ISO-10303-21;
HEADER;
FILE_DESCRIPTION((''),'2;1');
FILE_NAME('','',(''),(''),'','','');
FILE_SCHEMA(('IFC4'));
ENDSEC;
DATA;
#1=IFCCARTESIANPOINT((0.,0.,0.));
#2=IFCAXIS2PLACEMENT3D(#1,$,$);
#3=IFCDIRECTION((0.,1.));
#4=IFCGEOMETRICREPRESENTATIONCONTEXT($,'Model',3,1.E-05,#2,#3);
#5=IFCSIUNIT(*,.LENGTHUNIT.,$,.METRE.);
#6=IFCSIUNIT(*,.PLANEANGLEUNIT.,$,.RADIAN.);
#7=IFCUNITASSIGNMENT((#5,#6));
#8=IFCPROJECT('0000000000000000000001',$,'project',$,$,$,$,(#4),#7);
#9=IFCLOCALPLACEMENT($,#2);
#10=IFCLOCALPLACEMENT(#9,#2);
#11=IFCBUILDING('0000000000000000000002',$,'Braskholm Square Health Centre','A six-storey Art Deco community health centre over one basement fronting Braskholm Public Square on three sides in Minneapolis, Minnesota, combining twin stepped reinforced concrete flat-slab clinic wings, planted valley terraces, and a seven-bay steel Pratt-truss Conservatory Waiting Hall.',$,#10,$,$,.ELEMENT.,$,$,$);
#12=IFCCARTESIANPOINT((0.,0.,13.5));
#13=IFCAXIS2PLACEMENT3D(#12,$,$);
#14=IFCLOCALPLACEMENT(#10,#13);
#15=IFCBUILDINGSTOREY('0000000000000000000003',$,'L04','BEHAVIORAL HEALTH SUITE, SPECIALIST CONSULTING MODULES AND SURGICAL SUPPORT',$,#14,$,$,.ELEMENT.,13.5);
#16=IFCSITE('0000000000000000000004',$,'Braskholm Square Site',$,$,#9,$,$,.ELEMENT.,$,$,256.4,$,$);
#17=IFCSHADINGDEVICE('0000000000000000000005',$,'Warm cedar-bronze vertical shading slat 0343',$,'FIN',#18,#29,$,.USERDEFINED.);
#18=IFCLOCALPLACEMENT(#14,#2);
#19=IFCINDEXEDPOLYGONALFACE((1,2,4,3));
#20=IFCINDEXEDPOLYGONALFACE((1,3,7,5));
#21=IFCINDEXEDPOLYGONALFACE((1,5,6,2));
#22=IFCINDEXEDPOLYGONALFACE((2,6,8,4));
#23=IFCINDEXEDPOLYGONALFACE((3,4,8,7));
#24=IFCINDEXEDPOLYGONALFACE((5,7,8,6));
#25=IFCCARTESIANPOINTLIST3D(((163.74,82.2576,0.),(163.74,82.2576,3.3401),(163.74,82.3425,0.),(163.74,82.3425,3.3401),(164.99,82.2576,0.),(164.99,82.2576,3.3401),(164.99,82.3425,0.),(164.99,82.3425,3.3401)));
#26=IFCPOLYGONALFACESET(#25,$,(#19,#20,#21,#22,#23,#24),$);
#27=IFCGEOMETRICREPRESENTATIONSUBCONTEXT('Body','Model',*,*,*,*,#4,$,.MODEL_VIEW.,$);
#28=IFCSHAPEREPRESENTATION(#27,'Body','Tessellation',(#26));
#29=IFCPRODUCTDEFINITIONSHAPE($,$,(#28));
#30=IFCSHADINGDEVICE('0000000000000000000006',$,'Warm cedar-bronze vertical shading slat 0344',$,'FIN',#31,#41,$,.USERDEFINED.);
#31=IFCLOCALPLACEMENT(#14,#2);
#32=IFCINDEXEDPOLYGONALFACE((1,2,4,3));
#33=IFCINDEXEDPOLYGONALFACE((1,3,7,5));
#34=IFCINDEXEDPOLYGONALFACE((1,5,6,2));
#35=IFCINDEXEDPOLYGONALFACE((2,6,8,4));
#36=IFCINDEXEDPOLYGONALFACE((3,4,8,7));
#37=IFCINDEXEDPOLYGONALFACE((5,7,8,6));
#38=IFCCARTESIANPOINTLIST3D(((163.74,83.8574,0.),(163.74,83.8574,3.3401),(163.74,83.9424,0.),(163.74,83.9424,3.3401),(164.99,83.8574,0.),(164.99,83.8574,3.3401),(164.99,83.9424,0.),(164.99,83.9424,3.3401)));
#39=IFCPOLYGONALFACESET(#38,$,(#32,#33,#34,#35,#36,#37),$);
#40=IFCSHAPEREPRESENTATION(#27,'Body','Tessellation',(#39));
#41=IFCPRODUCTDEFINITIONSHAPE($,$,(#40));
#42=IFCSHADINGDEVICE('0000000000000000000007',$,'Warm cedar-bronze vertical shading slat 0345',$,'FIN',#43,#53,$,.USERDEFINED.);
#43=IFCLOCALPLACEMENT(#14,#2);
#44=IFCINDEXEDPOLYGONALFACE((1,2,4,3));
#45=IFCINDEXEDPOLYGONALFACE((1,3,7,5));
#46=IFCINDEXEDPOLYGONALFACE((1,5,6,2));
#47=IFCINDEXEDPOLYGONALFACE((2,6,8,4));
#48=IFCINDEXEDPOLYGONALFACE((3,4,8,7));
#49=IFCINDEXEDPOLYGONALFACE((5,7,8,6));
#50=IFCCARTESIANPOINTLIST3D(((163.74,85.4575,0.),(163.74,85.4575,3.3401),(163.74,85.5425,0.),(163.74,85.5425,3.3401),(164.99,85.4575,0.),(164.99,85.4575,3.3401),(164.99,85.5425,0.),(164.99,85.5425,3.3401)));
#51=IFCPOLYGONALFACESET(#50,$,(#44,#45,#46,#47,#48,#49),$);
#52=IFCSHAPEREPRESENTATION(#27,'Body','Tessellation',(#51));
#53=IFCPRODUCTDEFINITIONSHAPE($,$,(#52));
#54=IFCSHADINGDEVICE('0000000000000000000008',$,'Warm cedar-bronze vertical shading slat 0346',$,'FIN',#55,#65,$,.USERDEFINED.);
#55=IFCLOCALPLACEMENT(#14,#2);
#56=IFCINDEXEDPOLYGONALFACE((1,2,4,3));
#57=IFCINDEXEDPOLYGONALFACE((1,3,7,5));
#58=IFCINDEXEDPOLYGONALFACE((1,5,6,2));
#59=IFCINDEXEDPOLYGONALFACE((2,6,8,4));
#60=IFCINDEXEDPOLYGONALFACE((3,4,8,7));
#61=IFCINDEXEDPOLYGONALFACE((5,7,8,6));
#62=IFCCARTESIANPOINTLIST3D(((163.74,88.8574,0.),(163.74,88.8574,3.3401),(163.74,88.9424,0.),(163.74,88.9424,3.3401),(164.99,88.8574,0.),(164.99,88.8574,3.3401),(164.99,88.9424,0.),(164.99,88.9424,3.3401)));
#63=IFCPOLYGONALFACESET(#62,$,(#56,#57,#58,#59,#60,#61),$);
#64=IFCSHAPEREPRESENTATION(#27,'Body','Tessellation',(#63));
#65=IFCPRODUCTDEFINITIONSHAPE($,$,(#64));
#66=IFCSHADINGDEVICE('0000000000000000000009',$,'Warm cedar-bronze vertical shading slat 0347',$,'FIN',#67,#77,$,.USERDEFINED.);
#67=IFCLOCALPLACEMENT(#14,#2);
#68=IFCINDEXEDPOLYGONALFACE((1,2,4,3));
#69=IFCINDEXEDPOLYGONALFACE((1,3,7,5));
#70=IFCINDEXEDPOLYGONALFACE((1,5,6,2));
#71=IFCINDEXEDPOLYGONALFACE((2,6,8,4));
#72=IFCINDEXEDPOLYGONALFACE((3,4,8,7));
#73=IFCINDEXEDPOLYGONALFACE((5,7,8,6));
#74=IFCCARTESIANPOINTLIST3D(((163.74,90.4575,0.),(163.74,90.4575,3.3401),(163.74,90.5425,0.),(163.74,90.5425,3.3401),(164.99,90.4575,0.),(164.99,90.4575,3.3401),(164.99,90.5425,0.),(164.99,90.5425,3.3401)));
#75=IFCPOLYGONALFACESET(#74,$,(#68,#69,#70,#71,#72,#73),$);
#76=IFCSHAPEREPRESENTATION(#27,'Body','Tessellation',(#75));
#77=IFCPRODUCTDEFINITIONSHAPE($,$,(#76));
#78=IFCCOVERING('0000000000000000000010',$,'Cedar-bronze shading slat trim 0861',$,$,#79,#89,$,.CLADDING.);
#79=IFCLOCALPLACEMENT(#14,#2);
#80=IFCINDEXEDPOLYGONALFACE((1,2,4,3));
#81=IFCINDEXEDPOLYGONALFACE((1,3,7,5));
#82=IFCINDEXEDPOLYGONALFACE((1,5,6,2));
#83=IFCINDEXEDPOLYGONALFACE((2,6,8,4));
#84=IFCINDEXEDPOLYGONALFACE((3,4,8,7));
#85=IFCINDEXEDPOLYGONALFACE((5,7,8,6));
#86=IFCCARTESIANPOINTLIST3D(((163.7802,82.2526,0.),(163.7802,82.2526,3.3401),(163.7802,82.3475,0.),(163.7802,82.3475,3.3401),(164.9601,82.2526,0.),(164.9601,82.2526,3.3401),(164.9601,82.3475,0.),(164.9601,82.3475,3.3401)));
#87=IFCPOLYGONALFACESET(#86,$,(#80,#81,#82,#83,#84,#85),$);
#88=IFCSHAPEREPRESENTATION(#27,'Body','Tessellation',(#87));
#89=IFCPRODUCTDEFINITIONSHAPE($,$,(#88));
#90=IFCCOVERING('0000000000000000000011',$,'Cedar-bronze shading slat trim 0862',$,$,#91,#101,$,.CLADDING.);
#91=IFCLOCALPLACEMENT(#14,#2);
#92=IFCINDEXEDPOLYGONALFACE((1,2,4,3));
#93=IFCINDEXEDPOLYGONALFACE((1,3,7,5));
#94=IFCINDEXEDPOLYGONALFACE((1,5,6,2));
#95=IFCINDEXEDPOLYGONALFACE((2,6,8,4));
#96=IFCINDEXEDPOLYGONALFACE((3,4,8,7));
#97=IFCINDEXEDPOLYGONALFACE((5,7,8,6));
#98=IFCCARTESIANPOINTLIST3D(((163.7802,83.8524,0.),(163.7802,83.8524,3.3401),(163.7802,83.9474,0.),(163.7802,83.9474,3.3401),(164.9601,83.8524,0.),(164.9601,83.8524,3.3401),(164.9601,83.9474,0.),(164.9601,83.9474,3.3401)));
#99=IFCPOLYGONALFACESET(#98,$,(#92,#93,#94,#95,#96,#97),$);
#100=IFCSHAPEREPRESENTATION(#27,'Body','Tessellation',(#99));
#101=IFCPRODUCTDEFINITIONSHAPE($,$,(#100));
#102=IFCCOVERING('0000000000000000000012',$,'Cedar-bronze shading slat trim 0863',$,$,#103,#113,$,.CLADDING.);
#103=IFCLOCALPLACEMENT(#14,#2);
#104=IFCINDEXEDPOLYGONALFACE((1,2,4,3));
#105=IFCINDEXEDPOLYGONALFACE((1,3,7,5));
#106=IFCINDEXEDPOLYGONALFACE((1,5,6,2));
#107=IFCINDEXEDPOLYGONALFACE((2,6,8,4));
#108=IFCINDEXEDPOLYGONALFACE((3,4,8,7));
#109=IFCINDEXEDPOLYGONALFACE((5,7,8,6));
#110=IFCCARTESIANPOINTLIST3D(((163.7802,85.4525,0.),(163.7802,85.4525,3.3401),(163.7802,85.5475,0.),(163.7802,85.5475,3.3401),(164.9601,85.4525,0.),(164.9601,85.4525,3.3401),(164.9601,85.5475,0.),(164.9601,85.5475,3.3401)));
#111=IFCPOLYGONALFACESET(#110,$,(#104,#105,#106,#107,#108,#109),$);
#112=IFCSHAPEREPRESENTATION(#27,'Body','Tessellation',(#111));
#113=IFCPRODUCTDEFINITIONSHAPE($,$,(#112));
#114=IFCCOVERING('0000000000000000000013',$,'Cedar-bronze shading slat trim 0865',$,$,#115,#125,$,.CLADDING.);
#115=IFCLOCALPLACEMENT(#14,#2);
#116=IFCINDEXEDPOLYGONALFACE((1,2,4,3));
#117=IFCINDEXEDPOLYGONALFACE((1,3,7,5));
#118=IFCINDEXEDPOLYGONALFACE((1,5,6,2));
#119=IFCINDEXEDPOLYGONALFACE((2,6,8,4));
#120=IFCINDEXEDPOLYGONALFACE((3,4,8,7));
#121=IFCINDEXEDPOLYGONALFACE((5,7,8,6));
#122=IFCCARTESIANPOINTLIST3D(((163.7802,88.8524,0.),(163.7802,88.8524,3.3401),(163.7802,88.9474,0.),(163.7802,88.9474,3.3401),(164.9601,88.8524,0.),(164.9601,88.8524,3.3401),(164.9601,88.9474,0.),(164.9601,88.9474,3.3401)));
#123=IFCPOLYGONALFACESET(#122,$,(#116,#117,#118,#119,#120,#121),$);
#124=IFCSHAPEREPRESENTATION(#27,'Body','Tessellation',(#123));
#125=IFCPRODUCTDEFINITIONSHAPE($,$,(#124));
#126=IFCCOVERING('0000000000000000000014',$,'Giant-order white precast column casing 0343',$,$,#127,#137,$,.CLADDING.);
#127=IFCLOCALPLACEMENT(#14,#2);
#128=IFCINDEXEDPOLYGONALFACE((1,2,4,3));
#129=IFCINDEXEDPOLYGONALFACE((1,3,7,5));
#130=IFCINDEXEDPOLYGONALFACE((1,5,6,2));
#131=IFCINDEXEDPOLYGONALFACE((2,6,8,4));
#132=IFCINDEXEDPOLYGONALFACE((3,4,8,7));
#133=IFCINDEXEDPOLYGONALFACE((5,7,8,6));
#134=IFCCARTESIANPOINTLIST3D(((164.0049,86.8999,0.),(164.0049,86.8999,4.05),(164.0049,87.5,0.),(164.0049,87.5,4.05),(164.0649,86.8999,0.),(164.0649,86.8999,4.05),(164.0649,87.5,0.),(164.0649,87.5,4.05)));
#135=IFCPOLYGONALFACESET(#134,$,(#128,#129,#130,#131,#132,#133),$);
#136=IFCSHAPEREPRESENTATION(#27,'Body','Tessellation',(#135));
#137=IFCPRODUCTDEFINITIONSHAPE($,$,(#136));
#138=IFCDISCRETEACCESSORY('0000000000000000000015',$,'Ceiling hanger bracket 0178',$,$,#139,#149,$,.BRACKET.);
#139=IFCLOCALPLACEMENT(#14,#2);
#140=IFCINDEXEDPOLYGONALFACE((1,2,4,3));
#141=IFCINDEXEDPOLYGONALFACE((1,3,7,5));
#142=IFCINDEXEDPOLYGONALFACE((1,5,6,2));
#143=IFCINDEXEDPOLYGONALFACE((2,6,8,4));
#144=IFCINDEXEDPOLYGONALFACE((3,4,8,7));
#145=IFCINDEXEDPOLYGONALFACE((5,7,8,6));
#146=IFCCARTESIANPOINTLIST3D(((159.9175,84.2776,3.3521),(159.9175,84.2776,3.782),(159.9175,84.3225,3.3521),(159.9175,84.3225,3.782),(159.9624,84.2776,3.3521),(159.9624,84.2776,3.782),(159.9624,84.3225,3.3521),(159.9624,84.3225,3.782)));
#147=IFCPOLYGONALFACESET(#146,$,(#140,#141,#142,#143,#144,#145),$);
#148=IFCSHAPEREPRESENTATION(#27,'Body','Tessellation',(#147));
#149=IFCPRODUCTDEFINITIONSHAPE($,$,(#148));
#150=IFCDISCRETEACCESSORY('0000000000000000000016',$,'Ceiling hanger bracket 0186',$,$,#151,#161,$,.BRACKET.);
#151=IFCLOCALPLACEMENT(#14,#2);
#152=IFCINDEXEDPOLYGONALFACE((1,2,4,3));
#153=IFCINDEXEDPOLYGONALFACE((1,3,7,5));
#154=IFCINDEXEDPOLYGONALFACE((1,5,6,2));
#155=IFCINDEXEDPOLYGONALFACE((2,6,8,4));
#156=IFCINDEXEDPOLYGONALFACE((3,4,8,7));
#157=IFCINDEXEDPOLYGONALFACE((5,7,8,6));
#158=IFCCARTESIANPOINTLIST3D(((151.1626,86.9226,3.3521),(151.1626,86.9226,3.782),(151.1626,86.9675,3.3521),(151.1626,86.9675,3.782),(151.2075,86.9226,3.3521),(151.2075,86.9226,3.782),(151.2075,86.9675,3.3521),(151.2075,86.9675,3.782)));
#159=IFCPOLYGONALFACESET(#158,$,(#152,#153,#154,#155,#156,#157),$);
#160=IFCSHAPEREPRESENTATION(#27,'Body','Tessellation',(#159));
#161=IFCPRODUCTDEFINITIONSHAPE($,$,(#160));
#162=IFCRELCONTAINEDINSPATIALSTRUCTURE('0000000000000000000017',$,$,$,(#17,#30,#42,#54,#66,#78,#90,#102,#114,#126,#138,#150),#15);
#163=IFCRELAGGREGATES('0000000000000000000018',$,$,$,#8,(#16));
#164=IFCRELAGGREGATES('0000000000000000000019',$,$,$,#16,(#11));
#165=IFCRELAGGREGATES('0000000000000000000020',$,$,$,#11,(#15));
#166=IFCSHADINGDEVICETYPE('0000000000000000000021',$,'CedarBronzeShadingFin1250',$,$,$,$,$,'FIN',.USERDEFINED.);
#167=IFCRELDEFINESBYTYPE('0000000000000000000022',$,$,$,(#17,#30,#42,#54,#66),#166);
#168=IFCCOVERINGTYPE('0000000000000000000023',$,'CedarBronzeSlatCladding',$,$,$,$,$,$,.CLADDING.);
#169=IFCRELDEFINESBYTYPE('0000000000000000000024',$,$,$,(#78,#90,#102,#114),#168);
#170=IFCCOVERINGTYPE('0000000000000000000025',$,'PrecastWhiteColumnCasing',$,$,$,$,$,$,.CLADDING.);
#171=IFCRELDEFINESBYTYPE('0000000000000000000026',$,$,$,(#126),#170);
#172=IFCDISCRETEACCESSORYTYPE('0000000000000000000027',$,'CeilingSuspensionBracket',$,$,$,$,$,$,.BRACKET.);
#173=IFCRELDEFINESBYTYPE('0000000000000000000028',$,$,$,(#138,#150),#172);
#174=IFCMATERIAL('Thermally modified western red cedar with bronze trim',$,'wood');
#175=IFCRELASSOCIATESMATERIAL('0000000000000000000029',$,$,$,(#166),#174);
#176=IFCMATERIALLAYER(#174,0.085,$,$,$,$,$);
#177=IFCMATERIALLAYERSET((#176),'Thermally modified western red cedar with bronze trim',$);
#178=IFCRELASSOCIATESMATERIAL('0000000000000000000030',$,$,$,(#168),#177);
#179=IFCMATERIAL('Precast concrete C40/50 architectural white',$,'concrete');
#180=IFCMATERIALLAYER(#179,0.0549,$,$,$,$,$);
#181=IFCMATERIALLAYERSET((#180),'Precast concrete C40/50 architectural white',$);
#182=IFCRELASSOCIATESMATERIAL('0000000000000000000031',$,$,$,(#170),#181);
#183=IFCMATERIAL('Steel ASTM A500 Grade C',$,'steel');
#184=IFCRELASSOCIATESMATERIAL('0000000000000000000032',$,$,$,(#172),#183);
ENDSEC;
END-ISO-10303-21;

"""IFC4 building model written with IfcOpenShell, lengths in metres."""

from ifc_helpers import new_model, si_unit, direction, frame, origin, origin_2d, place, context, subcontext, project, spatial, rectangle, extrude, material, layer, layer_set, type_object, element, save


model = new_model("IFC4")

# Units and contexts
model_context = context("Model", 3, precision=1e-05, world=origin(), true_north=direction((0.0, 1.0)))
body_context = subcontext(model_context, "Body", "Model", "MODEL_VIEW")
ifc_project = project(units=[si_unit("LENGTHUNIT", "METRE"), si_unit("PLANEANGLEUNIT", "RADIAN")], contexts=[model_context])

# Site, building, storey
site_placement = place(None, origin())
site = spatial("IfcSite", under=ifc_project, at=site_placement, Name="Braskholm Square Site", CompositionType="ELEMENT", RefElevation=256.4)
building_placement = place(site_placement, origin())
building = spatial("IfcBuilding", under=site, at=building_placement, Name="Braskholm Square Health Centre", Description="A six-storey Art Deco community health centre over one basement fronting Braskholm Public Square on three sides in Minneapolis, Minnesota, combining twin stepped reinforced concrete flat-slab clinic wings, planted valley terraces, and a seven-bay steel Pratt-truss Conservatory Waiting Hall.", CompositionType="ELEMENT")
storey_placement = place(building_placement, frame((0.0, 0.0, 13.5)))
storey = spatial("IfcBuildingStorey", under=building, at=storey_placement, Name="L04", Description="BEHAVIORAL HEALTH SUITE, SPECIALIST CONSULTING MODULES AND SURGICAL SUPPORT", CompositionType="ELEMENT", Elevation=13.5)

# Shared definitions
ifc_material_1 = material(Name="Precast concrete C40/50 architectural white", Category="concrete")

# Shading devices
ifc_material_2 = material(Name="Thermally modified western red cedar with bronze trim", Category="wood")
shading_device_type = type_object("IfcShadingDeviceType", Name="CedarBronzeShadingFin1250", ElementType="FIN", PredefinedType="USERDEFINED", material=ifc_material_2)
for number, where, z_axis, x_axis, name in (
    (1, (164.365, 82.3, 0.0), (0.0, 0.0, 1.0), (1.0, 0.0, 0.0), "Warm cedar-bronze vertical shading slat 0343"),
    (2, (164.365, 83.8999, 0.0), (0.0, 0.0, 1.0), (1.0, 0.0, 0.0), "Warm cedar-bronze vertical shading slat 0344"),
    (3, (164.365, 85.5, 0.0), (0.0, 0.0, 1.0), (1.0, 0.0, 0.0), "Warm cedar-bronze vertical shading slat 0345"),
    (4, (164.365, 88.8999, 0.0), (0.0, 0.0, 1.0), (1.0, 0.0, 0.0), "Warm cedar-bronze vertical shading slat 0346"),
    (5, (164.365, 90.5, 0.0), (0.0, 0.0, 1.0), (1.0, 0.0, 0.0), "Warm cedar-bronze vertical shading slat 0347"),
):
    element("IfcShadingDevice", number, at=place(storey_placement, frame(where, z_axis=z_axis, x_axis=x_axis)), inside=storey, type_object=shading_device_type, Name=name, ObjectType="FIN", PredefinedType="USERDEFINED", context=body_context, shape_type="SweptSolid", body=[
        extrude(rectangle(XDim=1.25, YDim=0.085, at=origin_2d()), origin(), (0.0, 0.0, 1.0), 3.3401),
    ])

# Coverings
ifc_layer_1 = layer(ifc_material_2, 0.085)
ifc_layer_set_1 = layer_set([ifc_layer_1], Name="Thermally modified western red cedar with bronze trim")
covering_type_1 = type_object("IfcCoveringType", Name="CedarBronzeSlatCladding", PredefinedType="CLADDING", material=ifc_layer_set_1)
for number, where, z_axis, x_axis, name in (
    (6, (164.3701, 82.3, 0.0), (0.0, 0.0, 1.0), (1.0, 0.0, 0.0), "Cedar-bronze shading slat trim 0861"),
    (7, (164.3701, 83.8999, 0.0), (0.0, 0.0, 1.0), (1.0, 0.0, 0.0), "Cedar-bronze shading slat trim 0862"),
    (8, (164.3701, 85.5, 0.0), (0.0, 0.0, 1.0), (1.0, 0.0, 0.0), "Cedar-bronze shading slat trim 0863"),
    (9, (164.3701, 88.8999, 0.0), (0.0, 0.0, 1.0), (1.0, 0.0, 0.0), "Cedar-bronze shading slat trim 0865"),
):
    element("IfcCovering", number, at=place(storey_placement, frame(where, z_axis=z_axis, x_axis=x_axis)), inside=storey, type_object=covering_type_1, Name=name, PredefinedType="CLADDING", context=body_context, shape_type="SweptSolid", body=[
        extrude(rectangle(XDim=1.1799, YDim=0.095, at=origin_2d()), origin(), (0.0, 0.0, 1.0), 3.3401),
    ])
ifc_layer_2 = layer(ifc_material_1, 0.0549)
ifc_layer_set_2 = layer_set([ifc_layer_2], Name="Precast concrete C40/50 architectural white")
covering_type_2 = type_object("IfcCoveringType", Name="PrecastWhiteColumnCasing", PredefinedType="CLADDING", material=ifc_layer_set_2)
covering_placement = place(storey_placement, frame((164.0349, 87.2, 0.0), z_axis=(0.0, 0.0, 1.0), x_axis=(1.0, 0.0, 0.0)))
element("IfcCovering", 10, at=covering_placement, inside=storey, type_object=covering_type_2, Name="Giant-order white precast column casing 0343", PredefinedType="CLADDING", context=body_context, shape_type="SweptSolid", body=[
    extrude(rectangle(XDim=0.0601, YDim=0.6001, at=origin_2d()), origin(), (0.0, 0.0, 1.0), 4.05),
])

# Discrete accessories
ifc_material_3 = material(Name="Steel ASTM A500 Grade C", Category="steel")
discrete_accessory_type = type_object("IfcDiscreteAccessoryType", Name="CeilingSuspensionBracket", PredefinedType="BRACKET", material=ifc_material_3)
for number, where, z_axis, x_axis, name in (
    (11, (159.9399, 84.3, 3.3521), (0.0, 0.0, 1.0), (1.0, 0.0, 0.0), "Ceiling hanger bracket 0178"),
    (12, (151.1851, 86.9451, 3.3521), (0.0, 0.0, 1.0), (1.0, 0.0, 0.0), "Ceiling hanger bracket 0186"),
):
    element("IfcDiscreteAccessory", number, at=place(storey_placement, frame(where, z_axis=z_axis, x_axis=x_axis)), inside=storey, type_object=discrete_accessory_type, Name=name, PredefinedType="BRACKET", context=body_context, shape_type="SweptSolid", body=[
        extrude(rectangle(XDim=0.0449, YDim=0.0449, at=origin_2d()), origin(), (0.0, 0.0, 1.0), 0.4299),
    ])

save(model, "model.ifc")
